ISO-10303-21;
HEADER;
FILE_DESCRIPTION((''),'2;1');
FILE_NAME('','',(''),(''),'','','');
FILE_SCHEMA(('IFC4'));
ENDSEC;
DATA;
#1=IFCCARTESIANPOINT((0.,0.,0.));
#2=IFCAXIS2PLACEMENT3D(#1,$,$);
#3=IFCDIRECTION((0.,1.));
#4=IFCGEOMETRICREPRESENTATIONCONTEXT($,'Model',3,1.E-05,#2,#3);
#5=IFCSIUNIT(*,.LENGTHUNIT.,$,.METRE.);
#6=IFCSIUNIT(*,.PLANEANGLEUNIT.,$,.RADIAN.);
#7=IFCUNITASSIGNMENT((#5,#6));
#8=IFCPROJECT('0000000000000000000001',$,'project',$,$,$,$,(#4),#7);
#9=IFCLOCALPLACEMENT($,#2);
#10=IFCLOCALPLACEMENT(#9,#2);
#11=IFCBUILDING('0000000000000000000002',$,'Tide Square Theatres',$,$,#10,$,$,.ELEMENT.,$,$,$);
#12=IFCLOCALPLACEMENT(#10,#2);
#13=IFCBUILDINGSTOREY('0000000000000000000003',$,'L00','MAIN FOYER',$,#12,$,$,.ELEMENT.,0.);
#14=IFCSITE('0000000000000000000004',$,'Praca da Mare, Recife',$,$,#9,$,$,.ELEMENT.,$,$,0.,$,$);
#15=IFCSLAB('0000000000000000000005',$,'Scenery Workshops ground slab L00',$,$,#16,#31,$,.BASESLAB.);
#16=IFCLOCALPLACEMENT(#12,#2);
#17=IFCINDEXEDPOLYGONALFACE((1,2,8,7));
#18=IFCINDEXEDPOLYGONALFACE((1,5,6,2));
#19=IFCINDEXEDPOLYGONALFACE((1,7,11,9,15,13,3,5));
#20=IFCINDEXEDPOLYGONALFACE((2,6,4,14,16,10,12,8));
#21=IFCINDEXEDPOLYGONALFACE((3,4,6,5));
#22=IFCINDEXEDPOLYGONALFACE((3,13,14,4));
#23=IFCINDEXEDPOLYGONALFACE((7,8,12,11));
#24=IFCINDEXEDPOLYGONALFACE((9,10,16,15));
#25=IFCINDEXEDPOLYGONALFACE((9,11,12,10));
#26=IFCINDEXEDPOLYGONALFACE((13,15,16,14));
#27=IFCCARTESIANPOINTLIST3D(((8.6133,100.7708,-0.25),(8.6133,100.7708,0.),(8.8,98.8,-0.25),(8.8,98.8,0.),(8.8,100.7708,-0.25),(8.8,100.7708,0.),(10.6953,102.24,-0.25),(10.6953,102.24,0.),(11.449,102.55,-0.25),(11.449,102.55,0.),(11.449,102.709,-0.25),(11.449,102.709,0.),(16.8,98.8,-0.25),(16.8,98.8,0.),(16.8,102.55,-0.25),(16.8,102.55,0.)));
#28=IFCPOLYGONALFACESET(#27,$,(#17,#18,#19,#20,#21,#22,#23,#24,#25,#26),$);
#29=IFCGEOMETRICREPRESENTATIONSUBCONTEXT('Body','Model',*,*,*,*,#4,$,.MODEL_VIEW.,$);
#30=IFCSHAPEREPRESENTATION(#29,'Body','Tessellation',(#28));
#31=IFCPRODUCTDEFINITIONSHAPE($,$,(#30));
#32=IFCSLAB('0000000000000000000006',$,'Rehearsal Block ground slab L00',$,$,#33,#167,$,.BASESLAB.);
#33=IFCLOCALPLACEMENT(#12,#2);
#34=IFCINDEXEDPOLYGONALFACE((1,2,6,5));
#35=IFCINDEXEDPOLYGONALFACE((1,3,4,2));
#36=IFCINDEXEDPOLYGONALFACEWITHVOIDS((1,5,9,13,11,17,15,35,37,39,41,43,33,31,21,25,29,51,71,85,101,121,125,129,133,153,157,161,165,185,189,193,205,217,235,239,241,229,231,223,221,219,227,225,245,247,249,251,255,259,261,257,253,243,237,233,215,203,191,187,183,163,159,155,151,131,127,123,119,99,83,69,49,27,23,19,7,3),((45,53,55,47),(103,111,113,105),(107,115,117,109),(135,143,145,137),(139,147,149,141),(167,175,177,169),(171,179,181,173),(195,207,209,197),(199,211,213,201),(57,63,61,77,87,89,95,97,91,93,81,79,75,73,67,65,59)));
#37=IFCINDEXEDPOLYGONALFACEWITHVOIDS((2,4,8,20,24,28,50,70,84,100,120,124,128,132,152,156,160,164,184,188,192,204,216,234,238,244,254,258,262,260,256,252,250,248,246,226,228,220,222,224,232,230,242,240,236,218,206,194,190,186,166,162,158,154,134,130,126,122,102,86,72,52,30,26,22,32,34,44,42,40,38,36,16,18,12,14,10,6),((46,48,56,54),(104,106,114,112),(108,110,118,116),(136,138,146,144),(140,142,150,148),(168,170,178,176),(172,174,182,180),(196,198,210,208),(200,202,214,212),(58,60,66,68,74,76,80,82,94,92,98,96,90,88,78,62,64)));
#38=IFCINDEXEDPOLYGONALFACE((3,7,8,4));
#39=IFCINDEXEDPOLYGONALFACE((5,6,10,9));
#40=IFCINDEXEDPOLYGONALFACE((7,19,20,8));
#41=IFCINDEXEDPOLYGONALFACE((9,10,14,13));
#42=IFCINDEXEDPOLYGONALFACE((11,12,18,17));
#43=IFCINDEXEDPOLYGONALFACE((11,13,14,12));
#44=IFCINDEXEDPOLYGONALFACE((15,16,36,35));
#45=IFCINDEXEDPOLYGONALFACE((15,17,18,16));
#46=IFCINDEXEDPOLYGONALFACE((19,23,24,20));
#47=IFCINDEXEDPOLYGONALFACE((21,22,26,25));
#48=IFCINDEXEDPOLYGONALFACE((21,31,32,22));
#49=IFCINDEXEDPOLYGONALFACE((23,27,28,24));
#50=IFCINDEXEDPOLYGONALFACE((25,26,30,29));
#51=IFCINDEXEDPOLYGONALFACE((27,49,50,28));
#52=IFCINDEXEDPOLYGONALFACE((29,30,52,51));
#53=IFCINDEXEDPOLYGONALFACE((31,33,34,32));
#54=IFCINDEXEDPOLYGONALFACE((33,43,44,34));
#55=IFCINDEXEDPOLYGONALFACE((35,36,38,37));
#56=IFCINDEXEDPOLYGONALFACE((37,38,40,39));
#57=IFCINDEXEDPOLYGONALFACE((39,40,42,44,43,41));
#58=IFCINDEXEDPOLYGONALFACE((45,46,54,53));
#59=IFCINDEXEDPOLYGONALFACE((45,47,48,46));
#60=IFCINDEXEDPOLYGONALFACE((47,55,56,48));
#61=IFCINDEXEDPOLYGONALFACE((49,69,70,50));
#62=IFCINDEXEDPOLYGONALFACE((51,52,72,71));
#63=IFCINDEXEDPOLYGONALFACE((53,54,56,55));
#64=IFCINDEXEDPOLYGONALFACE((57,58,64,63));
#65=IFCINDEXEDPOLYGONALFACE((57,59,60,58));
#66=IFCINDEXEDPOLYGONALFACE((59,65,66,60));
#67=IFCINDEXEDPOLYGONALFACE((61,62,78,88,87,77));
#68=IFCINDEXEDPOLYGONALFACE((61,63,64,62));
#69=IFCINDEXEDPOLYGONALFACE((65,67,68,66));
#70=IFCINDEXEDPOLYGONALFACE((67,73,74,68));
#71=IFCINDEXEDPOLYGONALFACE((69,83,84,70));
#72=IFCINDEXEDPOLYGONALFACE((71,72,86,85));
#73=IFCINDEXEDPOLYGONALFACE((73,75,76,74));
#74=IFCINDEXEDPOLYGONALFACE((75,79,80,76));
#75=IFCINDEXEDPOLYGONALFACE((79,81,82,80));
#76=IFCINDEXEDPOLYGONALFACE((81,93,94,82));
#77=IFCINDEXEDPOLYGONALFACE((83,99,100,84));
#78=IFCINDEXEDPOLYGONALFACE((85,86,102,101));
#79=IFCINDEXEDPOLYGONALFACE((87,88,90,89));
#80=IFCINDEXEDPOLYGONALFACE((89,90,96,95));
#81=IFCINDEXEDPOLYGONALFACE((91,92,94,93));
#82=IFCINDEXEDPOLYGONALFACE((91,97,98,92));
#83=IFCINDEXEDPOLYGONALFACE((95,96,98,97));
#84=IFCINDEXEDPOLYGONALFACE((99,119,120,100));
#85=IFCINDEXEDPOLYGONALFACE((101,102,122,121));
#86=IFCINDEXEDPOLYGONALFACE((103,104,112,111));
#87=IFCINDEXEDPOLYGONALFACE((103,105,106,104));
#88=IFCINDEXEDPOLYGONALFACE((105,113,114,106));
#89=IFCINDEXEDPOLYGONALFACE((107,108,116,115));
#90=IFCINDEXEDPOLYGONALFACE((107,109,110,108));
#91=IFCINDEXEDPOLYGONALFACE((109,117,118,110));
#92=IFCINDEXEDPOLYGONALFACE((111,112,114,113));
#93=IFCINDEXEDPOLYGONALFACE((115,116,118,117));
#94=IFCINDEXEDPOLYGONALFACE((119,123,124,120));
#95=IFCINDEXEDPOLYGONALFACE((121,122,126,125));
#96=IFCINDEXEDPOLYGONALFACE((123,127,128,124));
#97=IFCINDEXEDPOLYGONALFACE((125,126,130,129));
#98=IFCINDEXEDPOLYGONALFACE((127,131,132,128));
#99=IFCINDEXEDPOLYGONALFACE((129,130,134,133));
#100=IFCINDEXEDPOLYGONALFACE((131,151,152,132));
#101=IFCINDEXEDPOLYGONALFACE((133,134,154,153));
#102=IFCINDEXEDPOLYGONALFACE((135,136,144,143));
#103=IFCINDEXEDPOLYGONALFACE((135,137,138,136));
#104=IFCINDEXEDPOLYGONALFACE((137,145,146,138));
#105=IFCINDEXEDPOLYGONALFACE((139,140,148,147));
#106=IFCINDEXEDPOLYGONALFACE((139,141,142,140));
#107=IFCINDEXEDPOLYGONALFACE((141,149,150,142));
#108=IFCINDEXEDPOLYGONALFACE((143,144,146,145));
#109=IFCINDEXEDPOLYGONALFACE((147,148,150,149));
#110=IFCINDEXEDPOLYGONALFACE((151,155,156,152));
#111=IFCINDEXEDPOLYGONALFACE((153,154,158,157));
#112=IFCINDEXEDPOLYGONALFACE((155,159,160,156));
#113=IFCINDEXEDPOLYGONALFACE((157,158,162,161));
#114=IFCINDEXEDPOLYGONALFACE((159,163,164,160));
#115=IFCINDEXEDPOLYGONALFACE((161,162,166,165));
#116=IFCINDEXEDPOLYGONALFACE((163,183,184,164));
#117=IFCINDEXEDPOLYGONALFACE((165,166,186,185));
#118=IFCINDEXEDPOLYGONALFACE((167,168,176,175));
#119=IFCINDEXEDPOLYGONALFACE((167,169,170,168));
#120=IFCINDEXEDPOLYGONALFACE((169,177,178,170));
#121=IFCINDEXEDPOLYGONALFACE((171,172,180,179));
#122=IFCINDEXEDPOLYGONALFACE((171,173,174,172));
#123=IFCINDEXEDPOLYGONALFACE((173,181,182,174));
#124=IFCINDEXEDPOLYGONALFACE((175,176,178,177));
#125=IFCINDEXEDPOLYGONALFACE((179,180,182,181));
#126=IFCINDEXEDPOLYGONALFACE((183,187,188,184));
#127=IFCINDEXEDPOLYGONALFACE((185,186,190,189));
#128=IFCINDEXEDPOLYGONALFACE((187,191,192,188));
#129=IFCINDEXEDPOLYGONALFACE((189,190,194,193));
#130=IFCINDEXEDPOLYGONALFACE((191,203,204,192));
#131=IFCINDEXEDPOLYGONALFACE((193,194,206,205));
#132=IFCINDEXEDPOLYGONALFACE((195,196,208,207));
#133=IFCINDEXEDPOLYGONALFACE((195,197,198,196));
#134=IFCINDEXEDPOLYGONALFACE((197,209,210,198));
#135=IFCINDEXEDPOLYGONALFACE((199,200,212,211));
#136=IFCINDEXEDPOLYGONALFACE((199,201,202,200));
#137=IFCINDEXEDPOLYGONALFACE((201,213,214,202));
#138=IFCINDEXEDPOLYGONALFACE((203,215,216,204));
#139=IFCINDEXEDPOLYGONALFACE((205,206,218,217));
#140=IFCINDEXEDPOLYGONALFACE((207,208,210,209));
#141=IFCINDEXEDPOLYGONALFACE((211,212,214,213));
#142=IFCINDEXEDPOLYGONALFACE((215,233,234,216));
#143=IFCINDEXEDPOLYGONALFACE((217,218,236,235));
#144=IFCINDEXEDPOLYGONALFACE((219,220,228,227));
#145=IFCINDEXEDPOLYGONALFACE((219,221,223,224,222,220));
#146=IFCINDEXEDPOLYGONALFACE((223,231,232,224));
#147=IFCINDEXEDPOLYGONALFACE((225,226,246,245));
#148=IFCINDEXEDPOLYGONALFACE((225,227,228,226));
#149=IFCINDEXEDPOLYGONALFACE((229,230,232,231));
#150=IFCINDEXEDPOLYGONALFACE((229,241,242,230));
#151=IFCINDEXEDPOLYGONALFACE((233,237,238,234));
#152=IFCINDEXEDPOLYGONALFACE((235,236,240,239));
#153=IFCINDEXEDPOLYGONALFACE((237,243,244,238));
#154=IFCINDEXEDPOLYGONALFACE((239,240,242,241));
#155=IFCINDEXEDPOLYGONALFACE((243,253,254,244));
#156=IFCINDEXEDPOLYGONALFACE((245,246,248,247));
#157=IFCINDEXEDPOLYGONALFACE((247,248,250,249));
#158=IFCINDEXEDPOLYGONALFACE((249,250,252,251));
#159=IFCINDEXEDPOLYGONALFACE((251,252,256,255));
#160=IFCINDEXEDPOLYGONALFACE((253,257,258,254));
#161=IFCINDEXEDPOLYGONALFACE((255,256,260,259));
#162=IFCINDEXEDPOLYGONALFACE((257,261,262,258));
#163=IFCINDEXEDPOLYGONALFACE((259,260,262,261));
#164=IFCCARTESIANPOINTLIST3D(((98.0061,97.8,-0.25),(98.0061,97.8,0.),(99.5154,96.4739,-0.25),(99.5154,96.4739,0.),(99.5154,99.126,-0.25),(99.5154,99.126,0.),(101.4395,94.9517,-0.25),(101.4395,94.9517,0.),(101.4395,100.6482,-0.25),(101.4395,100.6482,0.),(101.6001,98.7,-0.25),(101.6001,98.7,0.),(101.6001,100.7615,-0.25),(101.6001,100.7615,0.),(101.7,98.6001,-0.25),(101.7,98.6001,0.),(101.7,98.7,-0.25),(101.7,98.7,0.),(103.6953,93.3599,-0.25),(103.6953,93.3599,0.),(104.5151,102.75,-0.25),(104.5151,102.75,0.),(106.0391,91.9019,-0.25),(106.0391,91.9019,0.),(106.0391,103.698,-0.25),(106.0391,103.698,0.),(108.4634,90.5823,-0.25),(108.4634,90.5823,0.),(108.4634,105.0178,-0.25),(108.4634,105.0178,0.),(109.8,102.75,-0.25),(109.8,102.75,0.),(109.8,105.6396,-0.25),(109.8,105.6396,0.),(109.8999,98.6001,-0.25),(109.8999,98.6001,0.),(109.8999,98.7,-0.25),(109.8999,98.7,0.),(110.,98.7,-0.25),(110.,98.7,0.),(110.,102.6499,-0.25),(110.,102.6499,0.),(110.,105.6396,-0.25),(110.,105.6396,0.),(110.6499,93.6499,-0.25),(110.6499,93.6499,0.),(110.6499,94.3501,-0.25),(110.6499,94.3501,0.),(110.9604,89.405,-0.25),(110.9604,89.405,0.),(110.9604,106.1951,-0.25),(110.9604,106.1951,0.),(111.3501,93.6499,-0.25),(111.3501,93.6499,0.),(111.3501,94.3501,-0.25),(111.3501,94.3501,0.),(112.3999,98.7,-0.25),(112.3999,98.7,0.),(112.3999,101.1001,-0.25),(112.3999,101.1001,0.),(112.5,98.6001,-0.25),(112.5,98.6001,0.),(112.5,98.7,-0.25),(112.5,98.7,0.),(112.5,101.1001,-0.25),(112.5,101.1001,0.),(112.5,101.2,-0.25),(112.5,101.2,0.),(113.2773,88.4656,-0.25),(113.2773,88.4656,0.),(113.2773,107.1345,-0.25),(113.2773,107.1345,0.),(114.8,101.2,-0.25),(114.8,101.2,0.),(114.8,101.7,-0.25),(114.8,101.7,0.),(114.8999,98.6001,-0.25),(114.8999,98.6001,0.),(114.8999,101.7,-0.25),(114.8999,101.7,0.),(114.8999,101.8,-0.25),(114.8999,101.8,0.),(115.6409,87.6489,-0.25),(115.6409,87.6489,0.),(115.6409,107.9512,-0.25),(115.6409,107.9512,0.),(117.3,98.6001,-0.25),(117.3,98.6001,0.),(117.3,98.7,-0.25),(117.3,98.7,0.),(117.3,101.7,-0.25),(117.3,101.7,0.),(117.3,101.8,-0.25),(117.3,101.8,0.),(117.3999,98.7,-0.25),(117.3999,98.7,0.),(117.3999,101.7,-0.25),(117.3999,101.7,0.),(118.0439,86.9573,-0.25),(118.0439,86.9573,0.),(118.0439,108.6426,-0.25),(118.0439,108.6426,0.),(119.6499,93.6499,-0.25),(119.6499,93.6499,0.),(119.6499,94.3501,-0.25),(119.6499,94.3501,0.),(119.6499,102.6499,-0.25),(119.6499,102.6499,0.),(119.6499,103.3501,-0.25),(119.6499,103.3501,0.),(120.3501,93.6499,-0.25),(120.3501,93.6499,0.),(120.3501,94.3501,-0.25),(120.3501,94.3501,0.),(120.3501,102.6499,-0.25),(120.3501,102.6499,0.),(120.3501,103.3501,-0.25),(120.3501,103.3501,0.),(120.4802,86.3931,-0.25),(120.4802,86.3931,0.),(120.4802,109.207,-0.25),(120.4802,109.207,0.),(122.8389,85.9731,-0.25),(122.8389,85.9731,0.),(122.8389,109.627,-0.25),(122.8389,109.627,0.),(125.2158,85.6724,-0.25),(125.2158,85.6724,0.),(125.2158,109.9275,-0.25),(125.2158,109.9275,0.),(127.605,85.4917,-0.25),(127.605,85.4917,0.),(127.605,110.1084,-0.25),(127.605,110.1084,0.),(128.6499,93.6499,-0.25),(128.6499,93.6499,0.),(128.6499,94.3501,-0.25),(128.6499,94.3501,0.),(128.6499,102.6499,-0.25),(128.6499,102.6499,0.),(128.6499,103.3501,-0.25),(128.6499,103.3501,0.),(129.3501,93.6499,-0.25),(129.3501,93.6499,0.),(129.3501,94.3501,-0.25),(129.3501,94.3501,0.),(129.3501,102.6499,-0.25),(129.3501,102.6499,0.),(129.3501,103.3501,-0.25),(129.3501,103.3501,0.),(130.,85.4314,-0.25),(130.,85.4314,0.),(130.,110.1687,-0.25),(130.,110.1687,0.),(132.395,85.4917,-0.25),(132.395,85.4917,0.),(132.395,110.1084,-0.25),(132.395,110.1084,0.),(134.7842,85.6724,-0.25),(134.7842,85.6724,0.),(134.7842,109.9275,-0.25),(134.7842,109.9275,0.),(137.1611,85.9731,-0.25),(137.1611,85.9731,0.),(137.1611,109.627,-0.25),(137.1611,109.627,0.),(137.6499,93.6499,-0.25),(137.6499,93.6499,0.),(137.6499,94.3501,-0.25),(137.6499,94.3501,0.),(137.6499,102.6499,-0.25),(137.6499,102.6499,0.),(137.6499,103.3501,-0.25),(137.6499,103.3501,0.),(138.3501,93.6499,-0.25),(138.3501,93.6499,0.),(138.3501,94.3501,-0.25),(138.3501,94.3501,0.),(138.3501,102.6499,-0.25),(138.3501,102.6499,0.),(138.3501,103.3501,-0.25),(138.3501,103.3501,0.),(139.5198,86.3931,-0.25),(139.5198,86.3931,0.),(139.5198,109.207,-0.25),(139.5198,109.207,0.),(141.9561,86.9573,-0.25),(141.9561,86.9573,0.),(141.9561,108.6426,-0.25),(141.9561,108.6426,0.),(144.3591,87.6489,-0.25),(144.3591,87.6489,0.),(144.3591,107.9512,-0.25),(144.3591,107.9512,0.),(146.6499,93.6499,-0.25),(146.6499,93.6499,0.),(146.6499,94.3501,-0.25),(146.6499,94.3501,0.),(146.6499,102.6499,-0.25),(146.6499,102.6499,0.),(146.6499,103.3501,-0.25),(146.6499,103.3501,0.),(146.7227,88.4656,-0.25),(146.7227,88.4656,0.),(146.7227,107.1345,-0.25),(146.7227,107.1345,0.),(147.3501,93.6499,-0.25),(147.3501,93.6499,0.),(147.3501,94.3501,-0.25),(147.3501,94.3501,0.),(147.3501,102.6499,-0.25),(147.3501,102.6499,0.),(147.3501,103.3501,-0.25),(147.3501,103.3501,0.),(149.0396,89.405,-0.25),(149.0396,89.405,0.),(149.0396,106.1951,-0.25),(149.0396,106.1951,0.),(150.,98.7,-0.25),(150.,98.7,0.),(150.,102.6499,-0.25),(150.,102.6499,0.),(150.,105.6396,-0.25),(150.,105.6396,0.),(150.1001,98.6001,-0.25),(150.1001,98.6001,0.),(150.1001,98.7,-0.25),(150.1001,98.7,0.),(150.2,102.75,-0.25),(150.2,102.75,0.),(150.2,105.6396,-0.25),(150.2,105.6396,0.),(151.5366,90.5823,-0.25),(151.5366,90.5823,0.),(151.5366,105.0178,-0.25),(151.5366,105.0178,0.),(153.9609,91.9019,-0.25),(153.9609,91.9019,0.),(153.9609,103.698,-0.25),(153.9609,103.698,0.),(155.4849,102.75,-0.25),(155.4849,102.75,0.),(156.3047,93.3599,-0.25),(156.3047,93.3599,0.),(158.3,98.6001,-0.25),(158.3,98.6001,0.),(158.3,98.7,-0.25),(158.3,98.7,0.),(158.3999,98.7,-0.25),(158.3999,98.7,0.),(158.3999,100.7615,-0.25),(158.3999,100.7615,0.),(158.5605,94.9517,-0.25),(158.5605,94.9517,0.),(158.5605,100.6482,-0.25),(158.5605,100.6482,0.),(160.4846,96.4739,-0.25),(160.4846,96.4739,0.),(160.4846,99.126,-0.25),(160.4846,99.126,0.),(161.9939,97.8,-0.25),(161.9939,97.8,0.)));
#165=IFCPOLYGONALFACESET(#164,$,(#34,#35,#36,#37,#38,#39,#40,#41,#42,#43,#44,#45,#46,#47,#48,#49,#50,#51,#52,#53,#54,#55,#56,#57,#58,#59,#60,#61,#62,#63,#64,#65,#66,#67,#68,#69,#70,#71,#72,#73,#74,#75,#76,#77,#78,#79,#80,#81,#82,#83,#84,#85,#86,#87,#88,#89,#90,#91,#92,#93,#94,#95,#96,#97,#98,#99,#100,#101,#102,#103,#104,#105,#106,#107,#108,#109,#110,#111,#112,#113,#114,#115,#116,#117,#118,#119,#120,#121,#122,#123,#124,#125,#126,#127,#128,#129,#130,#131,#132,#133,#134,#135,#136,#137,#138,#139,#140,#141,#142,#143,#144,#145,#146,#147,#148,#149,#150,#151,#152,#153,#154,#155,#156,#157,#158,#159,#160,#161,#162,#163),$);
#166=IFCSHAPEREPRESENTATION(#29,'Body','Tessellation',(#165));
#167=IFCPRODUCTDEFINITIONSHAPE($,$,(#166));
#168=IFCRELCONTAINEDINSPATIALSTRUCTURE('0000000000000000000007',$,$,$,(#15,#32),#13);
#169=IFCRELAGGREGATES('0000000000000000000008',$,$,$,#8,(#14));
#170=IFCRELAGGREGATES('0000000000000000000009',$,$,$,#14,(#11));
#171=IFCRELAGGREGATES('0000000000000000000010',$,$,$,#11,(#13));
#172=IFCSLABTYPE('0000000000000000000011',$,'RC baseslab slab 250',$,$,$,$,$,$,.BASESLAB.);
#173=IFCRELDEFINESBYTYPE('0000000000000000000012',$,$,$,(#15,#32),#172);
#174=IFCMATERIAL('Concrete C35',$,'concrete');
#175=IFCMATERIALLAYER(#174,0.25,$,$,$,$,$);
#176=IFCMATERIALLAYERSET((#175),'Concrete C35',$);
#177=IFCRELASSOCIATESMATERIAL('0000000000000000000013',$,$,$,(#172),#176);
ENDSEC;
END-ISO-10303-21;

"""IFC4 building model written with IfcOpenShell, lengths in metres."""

from ifc_helpers import new_model, si_unit, direction, frame, origin, place, context, subcontext, project, spatial, polyline, outline, extrude, material, layer, layer_set, type_object, element, save


model = new_model("IFC4")

# Units and contexts
model_context = context("Model", 3, precision=1e-05, world=origin(), true_north=direction((0.0, 1.0)))
body_context = subcontext(model_context, "Body", "Model", "MODEL_VIEW")
ifc_project = project(units=[si_unit("LENGTHUNIT", "METRE"), si_unit("PLANEANGLEUNIT", "RADIAN")], contexts=[model_context])

# Site, building, storey
site_placement = place(None, origin())
site = spatial("IfcSite", under=ifc_project, at=site_placement, Name="Praca da Mare, Recife", CompositionType="ELEMENT", RefElevation=0.0)
building_placement = place(site_placement, origin())
building = spatial("IfcBuilding", under=site, at=building_placement, Name="Tide Square Theatres", CompositionType="ELEMENT")
storey_placement = place(building_placement, origin())
storey = spatial("IfcBuildingStorey", under=building, at=storey_placement, Name="L00", Description="MAIN FOYER", CompositionType="ELEMENT", Elevation=0.0)

# Slabs
ifc_material_1 = material(Name="Concrete C35", Category="concrete")
ifc_layer_1 = layer(ifc_material_1, 0.25)
ifc_layer_set_1 = layer_set([ifc_layer_1], Name="Concrete C35")
slab_type_1 = type_object("IfcSlabType", Name="RC baseslab slab 250", PredefinedType="BASESLAB", material=ifc_layer_set_1)
slab_1_placement = place(storey_placement, frame((0.0, 0.0, -0.25)))
element("IfcSlab", 1, at=slab_1_placement, inside=storey, type_object=slab_type_1, Name="Scenery Workshops ground slab L00", PredefinedType="BASESLAB", context=body_context, shape_type="SweptSolid", body=[
    extrude(outline(polyline([(16.8, 102.55), (11.449, 102.55), (11.449, 102.709), (10.6953, 102.24), (8.6133, 100.7708), (8.8, 100.7708), (8.8, 98.8), (16.8, 98.8), (16.8, 102.55)])), origin(), (0.0, 0.0, 1.0), 0.25),
])
slab_2_placement = place(storey_placement, frame((0.0, 0.0, -0.25)))
element("IfcSlab", 2, at=slab_2_placement, inside=storey, type_object=slab_type_1, Name="Rehearsal Block ground slab L00", PredefinedType="BASESLAB", context=body_context, shape_type="SweptSolid", body=[
    extrude(outline(polyline([(141.9561, 86.9573), (144.3591, 87.6489), (146.7227, 88.4656), (149.0396, 89.405), (151.5366, 90.5823), (153.9609, 91.9019), (156.3047, 93.3599), (158.5605, 94.9517), (160.4846, 96.4739), (161.9939, 97.8), (160.4846, 99.126), (158.5605, 100.6482), (158.3999, 100.7615), (158.3999, 98.7), (158.3, 98.7), (158.3, 98.6001), (150.1001, 98.6001), (150.1001, 98.7), (150.0, 98.7), (150.0, 102.6499), (150.0, 105.6396), (150.2, 105.6396), (150.2, 102.75), (155.4849, 102.75), (153.9609, 103.698), (151.5366, 105.0178), (149.0396, 106.1951), (146.7227, 107.1345), (144.3591, 107.9512), (141.9561, 108.6426), (139.5198, 109.207), (137.1611, 109.627), (134.7842, 109.9275), (132.395, 110.1084), (130.0, 110.1687), (127.605, 110.1084), (125.2158, 109.9275), (122.8389, 109.627), (120.4802, 109.207), (118.0439, 108.6426), (115.6409, 107.9512), (113.2773, 107.1345), (110.9604, 106.1951), (108.4634, 105.0178), (106.0391, 103.698), (104.5151, 102.75), (109.8, 102.75), (109.8, 105.6396), (110.0, 105.6396), (110.0, 102.6499), (110.0, 98.7), (109.8999, 98.7), (109.8999, 98.6001), (101.7, 98.6001), (101.7, 98.7), (101.6001, 98.7), (101.6001, 100.7615), (101.4395, 100.6482), (99.5154, 99.126), (98.0061, 97.8), (99.5154, 96.4739), (101.4395, 94.9517), (103.6953, 93.3599), (106.0391, 91.9019), (108.4634, 90.5823), (110.9604, 89.405), (113.2773, 88.4656), (115.6409, 87.6489), (118.0439, 86.9573), (120.4802, 86.3931), (122.8389, 85.9731), (125.2158, 85.6724), (127.605, 85.4917), (130.0, 85.4314), (132.395, 85.4917), (134.7842, 85.6724), (137.1611, 85.9731), (139.5198, 86.3931), (141.9561, 86.9573)]), holes=[polyline([(112.5, 101.2), (114.8, 101.2), (114.8, 101.7), (114.8999, 101.7), (114.8999, 101.8), (117.3, 101.8), (117.3, 101.7), (117.3999, 101.7), (117.3999, 98.7), (117.3, 98.7), (117.3, 98.6001), (114.8999, 98.6001), (112.5, 98.6001), (112.5, 98.7), (112.3999, 98.7), (112.3999, 101.1001), (112.5, 101.1001), (112.5, 101.2)]), polyline([(111.3501, 93.6499), (110.6499, 93.6499), (110.6499, 94.3501), (111.3501, 94.3501), (111.3501, 93.6499)]), polyline([(119.6499, 93.6499), (119.6499, 94.3501), (120.3501, 94.3501), (120.3501, 93.6499), (119.6499, 93.6499)]), polyline([(119.6499, 103.3501), (120.3501, 103.3501), (120.3501, 102.6499), (119.6499, 102.6499), (119.6499, 103.3501)]), polyline([(129.3501, 94.3501), (129.3501, 93.6499), (128.6499, 93.6499), (128.6499, 94.3501), (129.3501, 94.3501)]), polyline([(129.3501, 102.6499), (128.6499, 102.6499), (128.6499, 103.3501), (129.3501, 103.3501), (129.3501, 102.6499)]), polyline([(137.6499, 93.6499), (137.6499, 94.3501), (138.3501, 94.3501), (138.3501, 93.6499), (137.6499, 93.6499)]), polyline([(137.6499, 103.3501), (138.3501, 103.3501), (138.3501, 102.6499), (137.6499, 102.6499), (137.6499, 103.3501)]), polyline([(147.3501, 94.3501), (147.3501, 93.6499), (146.6499, 93.6499), (146.6499, 94.3501), (147.3501, 94.3501)]), polyline([(147.3501, 102.6499), (146.6499, 102.6499), (146.6499, 103.3501), (147.3501, 103.3501), (147.3501, 102.6499)])]), origin(), (0.0, 0.0, 1.0), 0.25),
])

save(model, "model.ifc")
